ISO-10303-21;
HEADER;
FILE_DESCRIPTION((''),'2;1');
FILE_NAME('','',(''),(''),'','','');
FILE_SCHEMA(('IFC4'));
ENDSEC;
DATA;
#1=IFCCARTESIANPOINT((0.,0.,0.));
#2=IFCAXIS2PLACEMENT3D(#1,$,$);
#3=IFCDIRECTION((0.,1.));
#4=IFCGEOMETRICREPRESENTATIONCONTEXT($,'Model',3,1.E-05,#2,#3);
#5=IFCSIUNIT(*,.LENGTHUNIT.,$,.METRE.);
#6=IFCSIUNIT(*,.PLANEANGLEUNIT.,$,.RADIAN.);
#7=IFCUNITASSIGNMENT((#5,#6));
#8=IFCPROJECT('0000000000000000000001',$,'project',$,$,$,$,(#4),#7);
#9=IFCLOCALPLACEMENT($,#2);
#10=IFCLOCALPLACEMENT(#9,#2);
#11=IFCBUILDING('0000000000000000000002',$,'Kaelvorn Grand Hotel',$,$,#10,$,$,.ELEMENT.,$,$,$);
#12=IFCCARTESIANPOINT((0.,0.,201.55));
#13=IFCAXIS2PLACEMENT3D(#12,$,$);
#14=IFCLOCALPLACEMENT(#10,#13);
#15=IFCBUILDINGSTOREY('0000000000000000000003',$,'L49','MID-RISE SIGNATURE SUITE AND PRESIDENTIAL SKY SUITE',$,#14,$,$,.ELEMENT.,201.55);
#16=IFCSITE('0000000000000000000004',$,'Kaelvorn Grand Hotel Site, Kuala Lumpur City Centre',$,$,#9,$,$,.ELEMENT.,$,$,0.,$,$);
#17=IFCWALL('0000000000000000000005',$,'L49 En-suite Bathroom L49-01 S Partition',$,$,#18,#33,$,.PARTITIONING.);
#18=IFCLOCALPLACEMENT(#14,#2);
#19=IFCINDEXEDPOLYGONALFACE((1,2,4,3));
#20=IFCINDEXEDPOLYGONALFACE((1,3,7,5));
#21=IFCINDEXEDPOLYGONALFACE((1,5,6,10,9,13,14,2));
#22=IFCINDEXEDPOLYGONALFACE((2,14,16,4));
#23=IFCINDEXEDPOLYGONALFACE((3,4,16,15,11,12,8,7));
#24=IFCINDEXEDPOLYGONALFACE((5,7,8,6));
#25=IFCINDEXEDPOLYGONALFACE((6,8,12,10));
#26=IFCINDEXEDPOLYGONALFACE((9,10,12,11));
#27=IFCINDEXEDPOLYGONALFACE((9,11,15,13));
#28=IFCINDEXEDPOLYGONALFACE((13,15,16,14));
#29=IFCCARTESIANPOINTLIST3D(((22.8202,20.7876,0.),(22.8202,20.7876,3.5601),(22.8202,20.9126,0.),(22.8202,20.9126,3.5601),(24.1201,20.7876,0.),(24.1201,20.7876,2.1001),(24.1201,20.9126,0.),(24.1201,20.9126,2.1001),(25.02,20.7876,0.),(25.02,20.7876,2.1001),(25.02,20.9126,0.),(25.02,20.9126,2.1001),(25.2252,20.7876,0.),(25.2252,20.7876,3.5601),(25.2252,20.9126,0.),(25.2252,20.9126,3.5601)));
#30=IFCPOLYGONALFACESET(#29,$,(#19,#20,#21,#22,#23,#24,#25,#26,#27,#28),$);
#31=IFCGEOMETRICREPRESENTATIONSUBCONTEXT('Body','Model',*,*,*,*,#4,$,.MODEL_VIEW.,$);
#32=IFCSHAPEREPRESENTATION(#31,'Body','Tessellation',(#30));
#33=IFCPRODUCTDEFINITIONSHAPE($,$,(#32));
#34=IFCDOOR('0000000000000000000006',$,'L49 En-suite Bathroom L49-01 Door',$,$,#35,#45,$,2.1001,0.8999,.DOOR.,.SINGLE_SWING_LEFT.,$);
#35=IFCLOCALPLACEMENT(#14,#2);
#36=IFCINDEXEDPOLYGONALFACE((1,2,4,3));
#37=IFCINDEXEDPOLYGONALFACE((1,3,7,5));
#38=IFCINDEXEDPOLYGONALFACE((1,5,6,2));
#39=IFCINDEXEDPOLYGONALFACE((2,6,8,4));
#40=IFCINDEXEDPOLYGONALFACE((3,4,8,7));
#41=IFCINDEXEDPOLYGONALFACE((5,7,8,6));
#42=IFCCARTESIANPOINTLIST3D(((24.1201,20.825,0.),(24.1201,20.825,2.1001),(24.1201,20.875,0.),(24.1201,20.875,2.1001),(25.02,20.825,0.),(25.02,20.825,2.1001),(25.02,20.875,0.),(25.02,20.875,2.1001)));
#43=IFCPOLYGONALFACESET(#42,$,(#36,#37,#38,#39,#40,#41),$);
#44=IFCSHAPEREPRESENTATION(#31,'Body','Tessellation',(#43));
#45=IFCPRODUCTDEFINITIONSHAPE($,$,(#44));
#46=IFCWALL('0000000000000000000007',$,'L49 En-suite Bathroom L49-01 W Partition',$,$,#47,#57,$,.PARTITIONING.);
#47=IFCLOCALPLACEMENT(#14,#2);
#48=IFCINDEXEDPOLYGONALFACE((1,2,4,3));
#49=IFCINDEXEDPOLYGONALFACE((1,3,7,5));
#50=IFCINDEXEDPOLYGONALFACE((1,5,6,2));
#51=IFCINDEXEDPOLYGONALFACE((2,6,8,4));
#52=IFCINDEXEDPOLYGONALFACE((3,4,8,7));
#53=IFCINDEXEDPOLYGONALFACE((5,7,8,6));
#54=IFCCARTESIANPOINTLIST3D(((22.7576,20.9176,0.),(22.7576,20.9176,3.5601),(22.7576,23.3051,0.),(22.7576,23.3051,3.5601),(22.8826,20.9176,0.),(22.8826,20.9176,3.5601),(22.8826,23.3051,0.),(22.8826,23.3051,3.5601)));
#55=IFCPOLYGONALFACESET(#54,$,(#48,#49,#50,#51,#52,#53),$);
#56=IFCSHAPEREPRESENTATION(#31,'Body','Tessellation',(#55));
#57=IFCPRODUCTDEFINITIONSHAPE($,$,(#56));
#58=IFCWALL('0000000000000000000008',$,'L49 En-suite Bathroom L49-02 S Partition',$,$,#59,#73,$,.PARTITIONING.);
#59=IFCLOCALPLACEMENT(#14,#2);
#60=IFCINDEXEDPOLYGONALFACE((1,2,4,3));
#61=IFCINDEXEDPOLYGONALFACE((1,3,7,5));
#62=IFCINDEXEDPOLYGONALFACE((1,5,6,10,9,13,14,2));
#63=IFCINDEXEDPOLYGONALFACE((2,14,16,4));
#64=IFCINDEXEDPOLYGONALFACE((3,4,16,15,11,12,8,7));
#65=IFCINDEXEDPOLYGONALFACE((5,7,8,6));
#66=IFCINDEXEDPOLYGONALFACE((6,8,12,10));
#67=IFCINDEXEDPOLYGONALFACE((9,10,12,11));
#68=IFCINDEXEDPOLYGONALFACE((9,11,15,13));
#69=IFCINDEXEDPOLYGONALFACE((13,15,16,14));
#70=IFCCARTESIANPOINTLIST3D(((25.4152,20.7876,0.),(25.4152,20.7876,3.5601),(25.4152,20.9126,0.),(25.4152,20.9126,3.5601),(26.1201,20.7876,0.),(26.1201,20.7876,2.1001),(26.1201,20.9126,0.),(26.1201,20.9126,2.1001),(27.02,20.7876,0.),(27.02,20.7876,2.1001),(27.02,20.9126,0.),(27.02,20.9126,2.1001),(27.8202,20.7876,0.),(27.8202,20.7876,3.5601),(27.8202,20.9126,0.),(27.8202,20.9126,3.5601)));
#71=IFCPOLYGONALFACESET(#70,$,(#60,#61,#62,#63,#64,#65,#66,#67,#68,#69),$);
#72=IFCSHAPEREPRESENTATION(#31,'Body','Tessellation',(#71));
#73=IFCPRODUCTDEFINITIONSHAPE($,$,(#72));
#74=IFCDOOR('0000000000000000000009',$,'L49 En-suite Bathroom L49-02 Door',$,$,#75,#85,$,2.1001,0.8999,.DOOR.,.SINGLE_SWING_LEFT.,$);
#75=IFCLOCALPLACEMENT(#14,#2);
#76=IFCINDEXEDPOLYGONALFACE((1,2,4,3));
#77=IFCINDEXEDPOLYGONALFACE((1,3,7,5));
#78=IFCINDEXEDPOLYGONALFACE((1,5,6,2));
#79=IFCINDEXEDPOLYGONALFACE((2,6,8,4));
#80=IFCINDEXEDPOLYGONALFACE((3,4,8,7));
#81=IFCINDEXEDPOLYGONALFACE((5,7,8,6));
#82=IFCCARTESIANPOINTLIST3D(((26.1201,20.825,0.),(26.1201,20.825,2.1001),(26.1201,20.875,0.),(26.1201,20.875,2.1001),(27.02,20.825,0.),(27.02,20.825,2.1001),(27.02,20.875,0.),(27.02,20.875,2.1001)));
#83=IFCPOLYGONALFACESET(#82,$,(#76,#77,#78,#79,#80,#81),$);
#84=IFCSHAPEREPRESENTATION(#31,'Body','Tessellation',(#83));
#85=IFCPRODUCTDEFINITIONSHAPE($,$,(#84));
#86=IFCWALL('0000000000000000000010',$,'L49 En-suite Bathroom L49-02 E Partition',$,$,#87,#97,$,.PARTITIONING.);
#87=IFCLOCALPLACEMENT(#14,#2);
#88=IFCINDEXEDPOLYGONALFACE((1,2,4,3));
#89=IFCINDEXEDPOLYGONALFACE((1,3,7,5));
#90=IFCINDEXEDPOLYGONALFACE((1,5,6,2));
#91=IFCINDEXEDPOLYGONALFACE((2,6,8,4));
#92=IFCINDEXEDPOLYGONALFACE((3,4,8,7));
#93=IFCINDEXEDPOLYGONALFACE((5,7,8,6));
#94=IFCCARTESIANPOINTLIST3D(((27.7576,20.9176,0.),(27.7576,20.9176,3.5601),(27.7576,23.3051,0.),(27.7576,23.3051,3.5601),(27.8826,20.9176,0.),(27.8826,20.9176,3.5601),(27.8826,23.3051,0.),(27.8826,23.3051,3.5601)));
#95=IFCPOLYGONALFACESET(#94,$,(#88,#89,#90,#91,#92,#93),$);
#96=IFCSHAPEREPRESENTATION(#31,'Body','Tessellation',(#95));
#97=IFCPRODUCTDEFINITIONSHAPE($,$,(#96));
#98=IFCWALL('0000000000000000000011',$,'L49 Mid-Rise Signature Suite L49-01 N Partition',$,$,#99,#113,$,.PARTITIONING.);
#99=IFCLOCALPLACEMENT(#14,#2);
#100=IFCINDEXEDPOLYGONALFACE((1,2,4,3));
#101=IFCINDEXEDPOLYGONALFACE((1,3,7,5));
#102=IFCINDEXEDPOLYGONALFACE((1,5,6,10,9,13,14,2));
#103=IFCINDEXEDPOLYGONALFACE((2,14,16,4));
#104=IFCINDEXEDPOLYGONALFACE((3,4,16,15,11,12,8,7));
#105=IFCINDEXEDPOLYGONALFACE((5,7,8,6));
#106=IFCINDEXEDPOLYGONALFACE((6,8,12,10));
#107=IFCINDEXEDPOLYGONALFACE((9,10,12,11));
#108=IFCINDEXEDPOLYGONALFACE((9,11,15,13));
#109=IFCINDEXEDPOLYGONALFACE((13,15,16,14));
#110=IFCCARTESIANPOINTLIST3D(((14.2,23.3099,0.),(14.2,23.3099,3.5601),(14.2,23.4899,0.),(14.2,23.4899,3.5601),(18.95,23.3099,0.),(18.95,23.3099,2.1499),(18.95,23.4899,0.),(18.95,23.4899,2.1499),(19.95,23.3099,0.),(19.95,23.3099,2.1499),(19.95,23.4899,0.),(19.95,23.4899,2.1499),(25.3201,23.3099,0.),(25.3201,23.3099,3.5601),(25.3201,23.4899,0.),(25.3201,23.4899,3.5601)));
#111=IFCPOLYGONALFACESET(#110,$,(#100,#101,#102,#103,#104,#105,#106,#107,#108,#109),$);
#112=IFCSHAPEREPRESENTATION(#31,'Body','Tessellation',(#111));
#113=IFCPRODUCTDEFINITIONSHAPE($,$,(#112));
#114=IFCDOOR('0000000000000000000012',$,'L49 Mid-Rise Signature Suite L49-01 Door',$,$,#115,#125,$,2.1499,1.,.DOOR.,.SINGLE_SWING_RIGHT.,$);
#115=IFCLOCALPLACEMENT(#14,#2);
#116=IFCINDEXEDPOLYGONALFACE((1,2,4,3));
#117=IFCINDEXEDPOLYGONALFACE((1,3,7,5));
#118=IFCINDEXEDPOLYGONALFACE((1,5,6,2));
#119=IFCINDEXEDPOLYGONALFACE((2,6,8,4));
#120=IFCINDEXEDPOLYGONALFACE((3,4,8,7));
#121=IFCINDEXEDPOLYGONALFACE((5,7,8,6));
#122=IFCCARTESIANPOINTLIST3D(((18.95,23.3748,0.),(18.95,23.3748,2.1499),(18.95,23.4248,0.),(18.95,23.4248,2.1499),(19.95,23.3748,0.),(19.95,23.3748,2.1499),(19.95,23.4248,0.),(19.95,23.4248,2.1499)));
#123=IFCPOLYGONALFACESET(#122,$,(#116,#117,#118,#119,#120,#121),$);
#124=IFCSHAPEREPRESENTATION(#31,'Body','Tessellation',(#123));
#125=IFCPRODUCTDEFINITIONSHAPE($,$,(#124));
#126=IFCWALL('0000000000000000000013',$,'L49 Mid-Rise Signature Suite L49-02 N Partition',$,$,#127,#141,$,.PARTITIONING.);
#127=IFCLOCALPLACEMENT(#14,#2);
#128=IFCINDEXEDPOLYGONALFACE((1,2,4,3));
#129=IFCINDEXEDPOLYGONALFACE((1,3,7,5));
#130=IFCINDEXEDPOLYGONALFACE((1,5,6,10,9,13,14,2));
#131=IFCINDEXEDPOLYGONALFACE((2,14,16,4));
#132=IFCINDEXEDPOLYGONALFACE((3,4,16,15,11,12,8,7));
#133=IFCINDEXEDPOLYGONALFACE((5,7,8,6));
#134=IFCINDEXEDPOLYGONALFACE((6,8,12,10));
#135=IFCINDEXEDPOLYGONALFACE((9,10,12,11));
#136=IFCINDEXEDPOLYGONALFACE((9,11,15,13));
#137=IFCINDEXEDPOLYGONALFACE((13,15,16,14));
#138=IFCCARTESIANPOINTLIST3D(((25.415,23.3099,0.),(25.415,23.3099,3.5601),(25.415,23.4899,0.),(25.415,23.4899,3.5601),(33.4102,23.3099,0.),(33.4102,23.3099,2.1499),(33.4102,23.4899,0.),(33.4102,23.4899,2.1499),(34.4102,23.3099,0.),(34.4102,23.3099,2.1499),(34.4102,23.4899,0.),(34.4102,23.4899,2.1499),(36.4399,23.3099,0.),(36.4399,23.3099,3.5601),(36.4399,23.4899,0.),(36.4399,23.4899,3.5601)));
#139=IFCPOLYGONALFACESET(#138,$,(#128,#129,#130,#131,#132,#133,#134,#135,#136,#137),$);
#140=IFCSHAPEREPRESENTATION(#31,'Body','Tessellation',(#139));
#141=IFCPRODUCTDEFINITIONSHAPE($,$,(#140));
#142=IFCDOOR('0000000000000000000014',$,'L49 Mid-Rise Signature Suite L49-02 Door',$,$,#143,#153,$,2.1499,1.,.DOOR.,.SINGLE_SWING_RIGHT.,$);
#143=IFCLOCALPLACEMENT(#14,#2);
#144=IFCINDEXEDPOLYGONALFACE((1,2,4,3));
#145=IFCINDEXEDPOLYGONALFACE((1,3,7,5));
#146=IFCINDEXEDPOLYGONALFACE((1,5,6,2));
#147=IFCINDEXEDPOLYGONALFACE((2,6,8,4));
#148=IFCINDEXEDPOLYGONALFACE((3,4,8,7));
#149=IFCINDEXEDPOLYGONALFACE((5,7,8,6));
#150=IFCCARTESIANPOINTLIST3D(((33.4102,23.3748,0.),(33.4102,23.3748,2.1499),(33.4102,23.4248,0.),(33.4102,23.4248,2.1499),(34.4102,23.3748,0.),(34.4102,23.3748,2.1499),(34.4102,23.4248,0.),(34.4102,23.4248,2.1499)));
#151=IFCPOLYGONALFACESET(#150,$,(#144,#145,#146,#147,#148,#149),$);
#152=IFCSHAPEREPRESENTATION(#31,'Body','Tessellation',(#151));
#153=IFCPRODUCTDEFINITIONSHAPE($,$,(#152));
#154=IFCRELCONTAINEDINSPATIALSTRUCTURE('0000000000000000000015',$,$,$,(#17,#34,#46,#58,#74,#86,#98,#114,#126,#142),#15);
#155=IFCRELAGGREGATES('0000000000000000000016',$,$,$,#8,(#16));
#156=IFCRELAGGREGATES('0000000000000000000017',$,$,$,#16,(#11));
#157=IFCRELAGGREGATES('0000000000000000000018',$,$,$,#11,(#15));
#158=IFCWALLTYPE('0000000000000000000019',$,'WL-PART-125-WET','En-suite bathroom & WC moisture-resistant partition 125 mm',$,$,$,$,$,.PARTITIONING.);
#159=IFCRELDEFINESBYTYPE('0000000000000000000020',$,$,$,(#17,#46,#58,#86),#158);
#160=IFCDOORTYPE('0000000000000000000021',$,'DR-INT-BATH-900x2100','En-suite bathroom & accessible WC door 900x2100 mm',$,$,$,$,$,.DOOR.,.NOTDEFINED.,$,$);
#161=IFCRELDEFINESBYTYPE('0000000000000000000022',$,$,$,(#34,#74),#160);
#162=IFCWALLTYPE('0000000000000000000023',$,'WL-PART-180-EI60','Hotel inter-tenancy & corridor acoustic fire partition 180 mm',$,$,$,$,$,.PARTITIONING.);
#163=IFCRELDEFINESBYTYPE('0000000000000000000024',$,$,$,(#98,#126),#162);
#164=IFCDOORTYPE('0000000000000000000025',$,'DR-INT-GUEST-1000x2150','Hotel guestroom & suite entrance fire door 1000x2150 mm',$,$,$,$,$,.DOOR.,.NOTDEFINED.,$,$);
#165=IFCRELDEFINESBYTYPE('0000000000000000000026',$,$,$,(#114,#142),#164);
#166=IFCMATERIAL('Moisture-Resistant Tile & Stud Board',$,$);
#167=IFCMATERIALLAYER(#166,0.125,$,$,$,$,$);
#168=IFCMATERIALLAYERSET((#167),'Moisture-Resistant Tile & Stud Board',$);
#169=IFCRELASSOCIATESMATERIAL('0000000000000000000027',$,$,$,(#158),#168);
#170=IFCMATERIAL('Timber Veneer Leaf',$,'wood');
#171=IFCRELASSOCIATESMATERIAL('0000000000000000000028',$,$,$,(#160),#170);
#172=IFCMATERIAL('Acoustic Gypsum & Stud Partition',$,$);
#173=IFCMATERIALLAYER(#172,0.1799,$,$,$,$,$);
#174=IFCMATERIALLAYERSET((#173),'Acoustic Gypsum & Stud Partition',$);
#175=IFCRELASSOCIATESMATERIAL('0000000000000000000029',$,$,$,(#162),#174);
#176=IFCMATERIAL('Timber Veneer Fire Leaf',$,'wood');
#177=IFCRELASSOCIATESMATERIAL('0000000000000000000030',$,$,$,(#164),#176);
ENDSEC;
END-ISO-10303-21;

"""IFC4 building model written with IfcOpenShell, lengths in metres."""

from ifc_helpers import new_model, si_unit, direction, frame, frame_2d, origin, place, context, subcontext, project, spatial, rectangle, extrude, material, layer, layer_set, type_object, element, fill, save


model = new_model("IFC4")

# Units and contexts
model_context = context("Model", 3, precision=1e-05, world=origin(), true_north=direction((0.0, 1.0)))
body_context = subcontext(model_context, "Body", "Model", "MODEL_VIEW")
ifc_project = project(units=[si_unit("LENGTHUNIT", "METRE"), si_unit("PLANEANGLEUNIT", "RADIAN")], contexts=[model_context])

# Site, building, storey
site_placement = place(None, origin())
site = spatial("IfcSite", under=ifc_project, at=site_placement, Name="Kaelvorn Grand Hotel Site, Kuala Lumpur City Centre", CompositionType="ELEMENT", RefElevation=0.0)
building_placement = place(site_placement, origin())
building = spatial("IfcBuilding", under=site, at=building_placement, Name="Kaelvorn Grand Hotel", CompositionType="ELEMENT")
storey_placement = place(building_placement, frame((0.0, 0.0, 201.55)))
storey = spatial("IfcBuildingStorey", under=building, at=storey_placement, Name="L49", Description="MID-RISE SIGNATURE SUITE AND PRESIDENTIAL SKY SUITE", CompositionType="ELEMENT", Elevation=201.55)

# Wall, opening, door
ifc_material_1 = material(Name="Moisture-Resistant Tile & Stud Board")
ifc_layer_1 = layer(ifc_material_1, 0.125)
ifc_layer_set_1 = layer_set([ifc_layer_1], Name="Moisture-Resistant Tile & Stud Board")
wall_type_1 = type_object("IfcWallType", Name="WL-PART-125-WET", Description="En-suite bathroom & WC moisture-resistant partition 125 mm", PredefinedType="PARTITIONING", material=ifc_layer_set_1)
wall_1_placement = place(storey_placement, frame((22.8201, 20.8501, 0.0), z_axis=(0.0, 0.0, 1.0), x_axis=(1.0, 0.0, 0.0)))
wall_1 = element("IfcWall", 1, at=wall_1_placement, inside=storey, type_object=wall_type_1, Name="L49 En-suite Bathroom L49-01 S Partition", PredefinedType="PARTITIONING", context=body_context, shape_type="SweptSolid", body=[
    extrude(rectangle(XDim=2.405, YDim=0.125, at=frame_2d((1.2026, 0.0))), origin(), (0.0, 0.0, 1.0), 3.5601),
])
opening_1_placement = place(wall_1_placement, frame((1.3, 0.0, 0.0)))
opening_1 = element("IfcOpeningElement", 2, at=opening_1_placement, cuts=wall_1, PredefinedType="OPENING", context=body_context, shape_type="SweptSolid", body=[
    extrude(rectangle(XDim=0.8999, YDim=2.1001, at=frame_2d((0.45, 1.05))), frame((0.0, 0.0725, 0.0), z_axis=(0.0, -1.0, 0.0), x_axis=(1.0, 0.0, 0.0)), (0.0, 0.0, 1.0), 0.145),
])
ifc_material_2 = material(Name="Timber Veneer Leaf", Category="wood")
door_type_1 = type_object("IfcDoorType", Name="DR-INT-BATH-900x2100", Description="En-suite bathroom & accessible WC door 900x2100 mm", OperationType="NOTDEFINED", PredefinedType="DOOR", material=ifc_material_2)
door_1_placement = place(opening_1_placement, origin())
door_1 = element("IfcDoor", 3, at=door_1_placement, inside=storey, type_object=door_type_1, Name="L49 En-suite Bathroom L49-01 Door", OperationType="SINGLE_SWING_LEFT", OverallHeight=2.1001, OverallWidth=0.8999, PredefinedType="DOOR", context=body_context, shape_type="SweptSolid", body=[
    extrude(rectangle(XDim=0.8999, YDim=2.1001, at=frame_2d((0.45, 1.05))), frame((0.0, 0.0249, 0.0), z_axis=(0.0, -1.0, 0.0), x_axis=(1.0, 0.0, 0.0)), (0.0, 0.0, 1.0), 0.05),
])
fill(opening_1, door_1)

# Wall
wall_2_placement = place(storey_placement, frame((22.8201, 20.9175, 0.0), z_axis=(0.0, 0.0, 1.0), x_axis=(0.0, 1.0, 0.0)))
element("IfcWall", 4, at=wall_2_placement, inside=storey, type_object=wall_type_1, Name="L49 En-suite Bathroom L49-01 W Partition", PredefinedType="PARTITIONING", context=body_context, shape_type="SweptSolid", body=[
    extrude(rectangle(XDim=2.3875, YDim=0.125, at=frame_2d((1.1938, 0.0))), origin(), (0.0, 0.0, 1.0), 3.5601),
])

# Wall, opening, door
wall_3_placement = place(storey_placement, frame((25.415, 20.8501, 0.0), z_axis=(0.0, 0.0, 1.0), x_axis=(1.0, 0.0, 0.0)))
wall_3 = element("IfcWall", 5, at=wall_3_placement, inside=storey, type_object=wall_type_1, Name="L49 En-suite Bathroom L49-02 S Partition", PredefinedType="PARTITIONING", context=body_context, shape_type="SweptSolid", body=[
    extrude(rectangle(XDim=2.405, YDim=0.125, at=frame_2d((1.2026, 0.0))), origin(), (0.0, 0.0, 1.0), 3.5601),
])
opening_2_placement = place(wall_3_placement, frame((0.7051, 0.0, 0.0)))
opening_2 = element("IfcOpeningElement", 6, at=opening_2_placement, cuts=wall_3, PredefinedType="OPENING", context=body_context, shape_type="SweptSolid", body=[
    extrude(rectangle(XDim=0.8999, YDim=2.1001, at=frame_2d((0.45, 1.05))), frame((0.0, 0.0725, 0.0), z_axis=(0.0, -1.0, 0.0), x_axis=(1.0, 0.0, 0.0)), (0.0, 0.0, 1.0), 0.145),
])
door_2_placement = place(opening_2_placement, origin())
door_2 = element("IfcDoor", 7, at=door_2_placement, inside=storey, type_object=door_type_1, Name="L49 En-suite Bathroom L49-02 Door", OperationType="SINGLE_SWING_LEFT", OverallHeight=2.1001, OverallWidth=0.8999, PredefinedType="DOOR", context=body_context, shape_type="SweptSolid", body=[
    extrude(rectangle(XDim=0.8999, YDim=2.1001, at=frame_2d((0.45, 1.05))), frame((0.0, 0.0249, 0.0), z_axis=(0.0, -1.0, 0.0), x_axis=(1.0, 0.0, 0.0)), (0.0, 0.0, 1.0), 0.05),
])
fill(opening_2, door_2)

# Wall
wall_4_placement = place(storey_placement, frame((27.8201, 20.9175, 0.0), z_axis=(0.0, 0.0, 1.0), x_axis=(0.0, 1.0, 0.0)))
element("IfcWall", 8, at=wall_4_placement, inside=storey, type_object=wall_type_1, Name="L49 En-suite Bathroom L49-02 E Partition", PredefinedType="PARTITIONING", context=body_context, shape_type="SweptSolid", body=[
    extrude(rectangle(XDim=2.3875, YDim=0.125, at=frame_2d((1.1938, 0.0))), origin(), (0.0, 0.0, 1.0), 3.5601),
])

# Walls, openings, doors
ifc_material_3 = material(Name="Acoustic Gypsum & Stud Partition")
ifc_layer_2 = layer(ifc_material_3, 0.1799)
ifc_layer_set_2 = layer_set([ifc_layer_2], Name="Acoustic Gypsum & Stud Partition")
wall_type_2 = type_object("IfcWallType", Name="WL-PART-180-EI60", Description="Hotel inter-tenancy & corridor acoustic fire partition 180 mm", PredefinedType="PARTITIONING", material=ifc_layer_set_2)
wall_5_placement = place(storey_placement, frame((14.2, 23.3999, 0.0), z_axis=(0.0, 0.0, 1.0), x_axis=(1.0, 0.0, 0.0)))
wall_5 = element("IfcWall", 9, at=wall_5_placement, inside=storey, type_object=wall_type_2, Name="L49 Mid-Rise Signature Suite L49-01 N Partition", PredefinedType="PARTITIONING", context=body_context, shape_type="SweptSolid", body=[
    extrude(rectangle(XDim=11.1201, YDim=0.1799, at=frame_2d((5.5601, 0.0))), origin(), (0.0, 0.0, 1.0), 3.5601),
])
opening_3_placement = place(wall_5_placement, frame((4.75, 0.0, 0.0)))
opening_3 = element("IfcOpeningElement", 10, at=opening_3_placement, cuts=wall_5, PredefinedType="OPENING", context=body_context, shape_type="SweptSolid", body=[
    extrude(rectangle(XDim=1.0, YDim=2.1499, at=frame_2d((0.5, 1.075))), frame((0.0, 0.1001, 0.0), z_axis=(0.0, -1.0, 0.0), x_axis=(1.0, 0.0, 0.0)), (0.0, 0.0, 1.0), 0.2),
])
ifc_material_4 = material(Name="Timber Veneer Fire Leaf", Category="wood")
door_type_2 = type_object("IfcDoorType", Name="DR-INT-GUEST-1000x2150", Description="Hotel guestroom & suite entrance fire door 1000x2150 mm", OperationType="NOTDEFINED", PredefinedType="DOOR", material=ifc_material_4)
door_3_placement = place(opening_3_placement, origin())
door_3 = element("IfcDoor", 11, at=door_3_placement, inside=storey, type_object=door_type_2, Name="L49 Mid-Rise Signature Suite L49-01 Door", OperationType="SINGLE_SWING_RIGHT", OverallHeight=2.1499, OverallWidth=1.0, PredefinedType="DOOR", context=body_context, shape_type="SweptSolid", body=[
    extrude(rectangle(XDim=1.0, YDim=2.1499, at=frame_2d((0.5, 1.075))), frame((0.0, 0.0249, 0.0), z_axis=(0.0, -1.0, 0.0), x_axis=(1.0, 0.0, 0.0)), (0.0, 0.0, 1.0), 0.05),
])
fill(opening_3, door_3)
wall_6_placement = place(storey_placement, frame((25.415, 23.3999, 0.0), z_axis=(0.0, 0.0, 1.0), x_axis=(1.0, 0.0, 0.0)))
wall_6 = element("IfcWall", 12, at=wall_6_placement, inside=storey, type_object=wall_type_2, Name="L49 Mid-Rise Signature Suite L49-02 N Partition", PredefinedType="PARTITIONING", context=body_context, shape_type="SweptSolid", body=[
    extrude(rectangle(XDim=11.0249, YDim=0.1799, at=frame_2d((5.5125, 0.0))), origin(), (0.0, 0.0, 1.0), 3.5601),
])
opening_4_placement = place(wall_6_placement, frame((7.9951, 0.0, 0.0)))
opening_4 = element("IfcOpeningElement", 13, at=opening_4_placement, cuts=wall_6, PredefinedType="OPENING", context=body_context, shape_type="SweptSolid", body=[
    extrude(rectangle(XDim=1.0, YDim=2.1499, at=frame_2d((0.5, 1.075))), frame((0.0, 0.1001, 0.0), z_axis=(0.0, -1.0, 0.0), x_axis=(1.0, 0.0, 0.0)), (0.0, 0.0, 1.0), 0.2),
])
door_4_placement = place(opening_4_placement, origin())
door_4 = element("IfcDoor", 14, at=door_4_placement, inside=storey, type_object=door_type_2, Name="L49 Mid-Rise Signature Suite L49-02 Door", OperationType="SINGLE_SWING_RIGHT", OverallHeight=2.1499, OverallWidth=1.0, PredefinedType="DOOR", context=body_context, shape_type="SweptSolid", body=[
    extrude(rectangle(XDim=1.0, YDim=2.1499, at=frame_2d((0.5, 1.075))), frame((0.0, 0.0249, 0.0), z_axis=(0.0, -1.0, 0.0), x_axis=(1.0, 0.0, 0.0)), (0.0, 0.0, 1.0), 0.05),
])
fill(opening_4, door_4)

save(model, "model.ifc")
